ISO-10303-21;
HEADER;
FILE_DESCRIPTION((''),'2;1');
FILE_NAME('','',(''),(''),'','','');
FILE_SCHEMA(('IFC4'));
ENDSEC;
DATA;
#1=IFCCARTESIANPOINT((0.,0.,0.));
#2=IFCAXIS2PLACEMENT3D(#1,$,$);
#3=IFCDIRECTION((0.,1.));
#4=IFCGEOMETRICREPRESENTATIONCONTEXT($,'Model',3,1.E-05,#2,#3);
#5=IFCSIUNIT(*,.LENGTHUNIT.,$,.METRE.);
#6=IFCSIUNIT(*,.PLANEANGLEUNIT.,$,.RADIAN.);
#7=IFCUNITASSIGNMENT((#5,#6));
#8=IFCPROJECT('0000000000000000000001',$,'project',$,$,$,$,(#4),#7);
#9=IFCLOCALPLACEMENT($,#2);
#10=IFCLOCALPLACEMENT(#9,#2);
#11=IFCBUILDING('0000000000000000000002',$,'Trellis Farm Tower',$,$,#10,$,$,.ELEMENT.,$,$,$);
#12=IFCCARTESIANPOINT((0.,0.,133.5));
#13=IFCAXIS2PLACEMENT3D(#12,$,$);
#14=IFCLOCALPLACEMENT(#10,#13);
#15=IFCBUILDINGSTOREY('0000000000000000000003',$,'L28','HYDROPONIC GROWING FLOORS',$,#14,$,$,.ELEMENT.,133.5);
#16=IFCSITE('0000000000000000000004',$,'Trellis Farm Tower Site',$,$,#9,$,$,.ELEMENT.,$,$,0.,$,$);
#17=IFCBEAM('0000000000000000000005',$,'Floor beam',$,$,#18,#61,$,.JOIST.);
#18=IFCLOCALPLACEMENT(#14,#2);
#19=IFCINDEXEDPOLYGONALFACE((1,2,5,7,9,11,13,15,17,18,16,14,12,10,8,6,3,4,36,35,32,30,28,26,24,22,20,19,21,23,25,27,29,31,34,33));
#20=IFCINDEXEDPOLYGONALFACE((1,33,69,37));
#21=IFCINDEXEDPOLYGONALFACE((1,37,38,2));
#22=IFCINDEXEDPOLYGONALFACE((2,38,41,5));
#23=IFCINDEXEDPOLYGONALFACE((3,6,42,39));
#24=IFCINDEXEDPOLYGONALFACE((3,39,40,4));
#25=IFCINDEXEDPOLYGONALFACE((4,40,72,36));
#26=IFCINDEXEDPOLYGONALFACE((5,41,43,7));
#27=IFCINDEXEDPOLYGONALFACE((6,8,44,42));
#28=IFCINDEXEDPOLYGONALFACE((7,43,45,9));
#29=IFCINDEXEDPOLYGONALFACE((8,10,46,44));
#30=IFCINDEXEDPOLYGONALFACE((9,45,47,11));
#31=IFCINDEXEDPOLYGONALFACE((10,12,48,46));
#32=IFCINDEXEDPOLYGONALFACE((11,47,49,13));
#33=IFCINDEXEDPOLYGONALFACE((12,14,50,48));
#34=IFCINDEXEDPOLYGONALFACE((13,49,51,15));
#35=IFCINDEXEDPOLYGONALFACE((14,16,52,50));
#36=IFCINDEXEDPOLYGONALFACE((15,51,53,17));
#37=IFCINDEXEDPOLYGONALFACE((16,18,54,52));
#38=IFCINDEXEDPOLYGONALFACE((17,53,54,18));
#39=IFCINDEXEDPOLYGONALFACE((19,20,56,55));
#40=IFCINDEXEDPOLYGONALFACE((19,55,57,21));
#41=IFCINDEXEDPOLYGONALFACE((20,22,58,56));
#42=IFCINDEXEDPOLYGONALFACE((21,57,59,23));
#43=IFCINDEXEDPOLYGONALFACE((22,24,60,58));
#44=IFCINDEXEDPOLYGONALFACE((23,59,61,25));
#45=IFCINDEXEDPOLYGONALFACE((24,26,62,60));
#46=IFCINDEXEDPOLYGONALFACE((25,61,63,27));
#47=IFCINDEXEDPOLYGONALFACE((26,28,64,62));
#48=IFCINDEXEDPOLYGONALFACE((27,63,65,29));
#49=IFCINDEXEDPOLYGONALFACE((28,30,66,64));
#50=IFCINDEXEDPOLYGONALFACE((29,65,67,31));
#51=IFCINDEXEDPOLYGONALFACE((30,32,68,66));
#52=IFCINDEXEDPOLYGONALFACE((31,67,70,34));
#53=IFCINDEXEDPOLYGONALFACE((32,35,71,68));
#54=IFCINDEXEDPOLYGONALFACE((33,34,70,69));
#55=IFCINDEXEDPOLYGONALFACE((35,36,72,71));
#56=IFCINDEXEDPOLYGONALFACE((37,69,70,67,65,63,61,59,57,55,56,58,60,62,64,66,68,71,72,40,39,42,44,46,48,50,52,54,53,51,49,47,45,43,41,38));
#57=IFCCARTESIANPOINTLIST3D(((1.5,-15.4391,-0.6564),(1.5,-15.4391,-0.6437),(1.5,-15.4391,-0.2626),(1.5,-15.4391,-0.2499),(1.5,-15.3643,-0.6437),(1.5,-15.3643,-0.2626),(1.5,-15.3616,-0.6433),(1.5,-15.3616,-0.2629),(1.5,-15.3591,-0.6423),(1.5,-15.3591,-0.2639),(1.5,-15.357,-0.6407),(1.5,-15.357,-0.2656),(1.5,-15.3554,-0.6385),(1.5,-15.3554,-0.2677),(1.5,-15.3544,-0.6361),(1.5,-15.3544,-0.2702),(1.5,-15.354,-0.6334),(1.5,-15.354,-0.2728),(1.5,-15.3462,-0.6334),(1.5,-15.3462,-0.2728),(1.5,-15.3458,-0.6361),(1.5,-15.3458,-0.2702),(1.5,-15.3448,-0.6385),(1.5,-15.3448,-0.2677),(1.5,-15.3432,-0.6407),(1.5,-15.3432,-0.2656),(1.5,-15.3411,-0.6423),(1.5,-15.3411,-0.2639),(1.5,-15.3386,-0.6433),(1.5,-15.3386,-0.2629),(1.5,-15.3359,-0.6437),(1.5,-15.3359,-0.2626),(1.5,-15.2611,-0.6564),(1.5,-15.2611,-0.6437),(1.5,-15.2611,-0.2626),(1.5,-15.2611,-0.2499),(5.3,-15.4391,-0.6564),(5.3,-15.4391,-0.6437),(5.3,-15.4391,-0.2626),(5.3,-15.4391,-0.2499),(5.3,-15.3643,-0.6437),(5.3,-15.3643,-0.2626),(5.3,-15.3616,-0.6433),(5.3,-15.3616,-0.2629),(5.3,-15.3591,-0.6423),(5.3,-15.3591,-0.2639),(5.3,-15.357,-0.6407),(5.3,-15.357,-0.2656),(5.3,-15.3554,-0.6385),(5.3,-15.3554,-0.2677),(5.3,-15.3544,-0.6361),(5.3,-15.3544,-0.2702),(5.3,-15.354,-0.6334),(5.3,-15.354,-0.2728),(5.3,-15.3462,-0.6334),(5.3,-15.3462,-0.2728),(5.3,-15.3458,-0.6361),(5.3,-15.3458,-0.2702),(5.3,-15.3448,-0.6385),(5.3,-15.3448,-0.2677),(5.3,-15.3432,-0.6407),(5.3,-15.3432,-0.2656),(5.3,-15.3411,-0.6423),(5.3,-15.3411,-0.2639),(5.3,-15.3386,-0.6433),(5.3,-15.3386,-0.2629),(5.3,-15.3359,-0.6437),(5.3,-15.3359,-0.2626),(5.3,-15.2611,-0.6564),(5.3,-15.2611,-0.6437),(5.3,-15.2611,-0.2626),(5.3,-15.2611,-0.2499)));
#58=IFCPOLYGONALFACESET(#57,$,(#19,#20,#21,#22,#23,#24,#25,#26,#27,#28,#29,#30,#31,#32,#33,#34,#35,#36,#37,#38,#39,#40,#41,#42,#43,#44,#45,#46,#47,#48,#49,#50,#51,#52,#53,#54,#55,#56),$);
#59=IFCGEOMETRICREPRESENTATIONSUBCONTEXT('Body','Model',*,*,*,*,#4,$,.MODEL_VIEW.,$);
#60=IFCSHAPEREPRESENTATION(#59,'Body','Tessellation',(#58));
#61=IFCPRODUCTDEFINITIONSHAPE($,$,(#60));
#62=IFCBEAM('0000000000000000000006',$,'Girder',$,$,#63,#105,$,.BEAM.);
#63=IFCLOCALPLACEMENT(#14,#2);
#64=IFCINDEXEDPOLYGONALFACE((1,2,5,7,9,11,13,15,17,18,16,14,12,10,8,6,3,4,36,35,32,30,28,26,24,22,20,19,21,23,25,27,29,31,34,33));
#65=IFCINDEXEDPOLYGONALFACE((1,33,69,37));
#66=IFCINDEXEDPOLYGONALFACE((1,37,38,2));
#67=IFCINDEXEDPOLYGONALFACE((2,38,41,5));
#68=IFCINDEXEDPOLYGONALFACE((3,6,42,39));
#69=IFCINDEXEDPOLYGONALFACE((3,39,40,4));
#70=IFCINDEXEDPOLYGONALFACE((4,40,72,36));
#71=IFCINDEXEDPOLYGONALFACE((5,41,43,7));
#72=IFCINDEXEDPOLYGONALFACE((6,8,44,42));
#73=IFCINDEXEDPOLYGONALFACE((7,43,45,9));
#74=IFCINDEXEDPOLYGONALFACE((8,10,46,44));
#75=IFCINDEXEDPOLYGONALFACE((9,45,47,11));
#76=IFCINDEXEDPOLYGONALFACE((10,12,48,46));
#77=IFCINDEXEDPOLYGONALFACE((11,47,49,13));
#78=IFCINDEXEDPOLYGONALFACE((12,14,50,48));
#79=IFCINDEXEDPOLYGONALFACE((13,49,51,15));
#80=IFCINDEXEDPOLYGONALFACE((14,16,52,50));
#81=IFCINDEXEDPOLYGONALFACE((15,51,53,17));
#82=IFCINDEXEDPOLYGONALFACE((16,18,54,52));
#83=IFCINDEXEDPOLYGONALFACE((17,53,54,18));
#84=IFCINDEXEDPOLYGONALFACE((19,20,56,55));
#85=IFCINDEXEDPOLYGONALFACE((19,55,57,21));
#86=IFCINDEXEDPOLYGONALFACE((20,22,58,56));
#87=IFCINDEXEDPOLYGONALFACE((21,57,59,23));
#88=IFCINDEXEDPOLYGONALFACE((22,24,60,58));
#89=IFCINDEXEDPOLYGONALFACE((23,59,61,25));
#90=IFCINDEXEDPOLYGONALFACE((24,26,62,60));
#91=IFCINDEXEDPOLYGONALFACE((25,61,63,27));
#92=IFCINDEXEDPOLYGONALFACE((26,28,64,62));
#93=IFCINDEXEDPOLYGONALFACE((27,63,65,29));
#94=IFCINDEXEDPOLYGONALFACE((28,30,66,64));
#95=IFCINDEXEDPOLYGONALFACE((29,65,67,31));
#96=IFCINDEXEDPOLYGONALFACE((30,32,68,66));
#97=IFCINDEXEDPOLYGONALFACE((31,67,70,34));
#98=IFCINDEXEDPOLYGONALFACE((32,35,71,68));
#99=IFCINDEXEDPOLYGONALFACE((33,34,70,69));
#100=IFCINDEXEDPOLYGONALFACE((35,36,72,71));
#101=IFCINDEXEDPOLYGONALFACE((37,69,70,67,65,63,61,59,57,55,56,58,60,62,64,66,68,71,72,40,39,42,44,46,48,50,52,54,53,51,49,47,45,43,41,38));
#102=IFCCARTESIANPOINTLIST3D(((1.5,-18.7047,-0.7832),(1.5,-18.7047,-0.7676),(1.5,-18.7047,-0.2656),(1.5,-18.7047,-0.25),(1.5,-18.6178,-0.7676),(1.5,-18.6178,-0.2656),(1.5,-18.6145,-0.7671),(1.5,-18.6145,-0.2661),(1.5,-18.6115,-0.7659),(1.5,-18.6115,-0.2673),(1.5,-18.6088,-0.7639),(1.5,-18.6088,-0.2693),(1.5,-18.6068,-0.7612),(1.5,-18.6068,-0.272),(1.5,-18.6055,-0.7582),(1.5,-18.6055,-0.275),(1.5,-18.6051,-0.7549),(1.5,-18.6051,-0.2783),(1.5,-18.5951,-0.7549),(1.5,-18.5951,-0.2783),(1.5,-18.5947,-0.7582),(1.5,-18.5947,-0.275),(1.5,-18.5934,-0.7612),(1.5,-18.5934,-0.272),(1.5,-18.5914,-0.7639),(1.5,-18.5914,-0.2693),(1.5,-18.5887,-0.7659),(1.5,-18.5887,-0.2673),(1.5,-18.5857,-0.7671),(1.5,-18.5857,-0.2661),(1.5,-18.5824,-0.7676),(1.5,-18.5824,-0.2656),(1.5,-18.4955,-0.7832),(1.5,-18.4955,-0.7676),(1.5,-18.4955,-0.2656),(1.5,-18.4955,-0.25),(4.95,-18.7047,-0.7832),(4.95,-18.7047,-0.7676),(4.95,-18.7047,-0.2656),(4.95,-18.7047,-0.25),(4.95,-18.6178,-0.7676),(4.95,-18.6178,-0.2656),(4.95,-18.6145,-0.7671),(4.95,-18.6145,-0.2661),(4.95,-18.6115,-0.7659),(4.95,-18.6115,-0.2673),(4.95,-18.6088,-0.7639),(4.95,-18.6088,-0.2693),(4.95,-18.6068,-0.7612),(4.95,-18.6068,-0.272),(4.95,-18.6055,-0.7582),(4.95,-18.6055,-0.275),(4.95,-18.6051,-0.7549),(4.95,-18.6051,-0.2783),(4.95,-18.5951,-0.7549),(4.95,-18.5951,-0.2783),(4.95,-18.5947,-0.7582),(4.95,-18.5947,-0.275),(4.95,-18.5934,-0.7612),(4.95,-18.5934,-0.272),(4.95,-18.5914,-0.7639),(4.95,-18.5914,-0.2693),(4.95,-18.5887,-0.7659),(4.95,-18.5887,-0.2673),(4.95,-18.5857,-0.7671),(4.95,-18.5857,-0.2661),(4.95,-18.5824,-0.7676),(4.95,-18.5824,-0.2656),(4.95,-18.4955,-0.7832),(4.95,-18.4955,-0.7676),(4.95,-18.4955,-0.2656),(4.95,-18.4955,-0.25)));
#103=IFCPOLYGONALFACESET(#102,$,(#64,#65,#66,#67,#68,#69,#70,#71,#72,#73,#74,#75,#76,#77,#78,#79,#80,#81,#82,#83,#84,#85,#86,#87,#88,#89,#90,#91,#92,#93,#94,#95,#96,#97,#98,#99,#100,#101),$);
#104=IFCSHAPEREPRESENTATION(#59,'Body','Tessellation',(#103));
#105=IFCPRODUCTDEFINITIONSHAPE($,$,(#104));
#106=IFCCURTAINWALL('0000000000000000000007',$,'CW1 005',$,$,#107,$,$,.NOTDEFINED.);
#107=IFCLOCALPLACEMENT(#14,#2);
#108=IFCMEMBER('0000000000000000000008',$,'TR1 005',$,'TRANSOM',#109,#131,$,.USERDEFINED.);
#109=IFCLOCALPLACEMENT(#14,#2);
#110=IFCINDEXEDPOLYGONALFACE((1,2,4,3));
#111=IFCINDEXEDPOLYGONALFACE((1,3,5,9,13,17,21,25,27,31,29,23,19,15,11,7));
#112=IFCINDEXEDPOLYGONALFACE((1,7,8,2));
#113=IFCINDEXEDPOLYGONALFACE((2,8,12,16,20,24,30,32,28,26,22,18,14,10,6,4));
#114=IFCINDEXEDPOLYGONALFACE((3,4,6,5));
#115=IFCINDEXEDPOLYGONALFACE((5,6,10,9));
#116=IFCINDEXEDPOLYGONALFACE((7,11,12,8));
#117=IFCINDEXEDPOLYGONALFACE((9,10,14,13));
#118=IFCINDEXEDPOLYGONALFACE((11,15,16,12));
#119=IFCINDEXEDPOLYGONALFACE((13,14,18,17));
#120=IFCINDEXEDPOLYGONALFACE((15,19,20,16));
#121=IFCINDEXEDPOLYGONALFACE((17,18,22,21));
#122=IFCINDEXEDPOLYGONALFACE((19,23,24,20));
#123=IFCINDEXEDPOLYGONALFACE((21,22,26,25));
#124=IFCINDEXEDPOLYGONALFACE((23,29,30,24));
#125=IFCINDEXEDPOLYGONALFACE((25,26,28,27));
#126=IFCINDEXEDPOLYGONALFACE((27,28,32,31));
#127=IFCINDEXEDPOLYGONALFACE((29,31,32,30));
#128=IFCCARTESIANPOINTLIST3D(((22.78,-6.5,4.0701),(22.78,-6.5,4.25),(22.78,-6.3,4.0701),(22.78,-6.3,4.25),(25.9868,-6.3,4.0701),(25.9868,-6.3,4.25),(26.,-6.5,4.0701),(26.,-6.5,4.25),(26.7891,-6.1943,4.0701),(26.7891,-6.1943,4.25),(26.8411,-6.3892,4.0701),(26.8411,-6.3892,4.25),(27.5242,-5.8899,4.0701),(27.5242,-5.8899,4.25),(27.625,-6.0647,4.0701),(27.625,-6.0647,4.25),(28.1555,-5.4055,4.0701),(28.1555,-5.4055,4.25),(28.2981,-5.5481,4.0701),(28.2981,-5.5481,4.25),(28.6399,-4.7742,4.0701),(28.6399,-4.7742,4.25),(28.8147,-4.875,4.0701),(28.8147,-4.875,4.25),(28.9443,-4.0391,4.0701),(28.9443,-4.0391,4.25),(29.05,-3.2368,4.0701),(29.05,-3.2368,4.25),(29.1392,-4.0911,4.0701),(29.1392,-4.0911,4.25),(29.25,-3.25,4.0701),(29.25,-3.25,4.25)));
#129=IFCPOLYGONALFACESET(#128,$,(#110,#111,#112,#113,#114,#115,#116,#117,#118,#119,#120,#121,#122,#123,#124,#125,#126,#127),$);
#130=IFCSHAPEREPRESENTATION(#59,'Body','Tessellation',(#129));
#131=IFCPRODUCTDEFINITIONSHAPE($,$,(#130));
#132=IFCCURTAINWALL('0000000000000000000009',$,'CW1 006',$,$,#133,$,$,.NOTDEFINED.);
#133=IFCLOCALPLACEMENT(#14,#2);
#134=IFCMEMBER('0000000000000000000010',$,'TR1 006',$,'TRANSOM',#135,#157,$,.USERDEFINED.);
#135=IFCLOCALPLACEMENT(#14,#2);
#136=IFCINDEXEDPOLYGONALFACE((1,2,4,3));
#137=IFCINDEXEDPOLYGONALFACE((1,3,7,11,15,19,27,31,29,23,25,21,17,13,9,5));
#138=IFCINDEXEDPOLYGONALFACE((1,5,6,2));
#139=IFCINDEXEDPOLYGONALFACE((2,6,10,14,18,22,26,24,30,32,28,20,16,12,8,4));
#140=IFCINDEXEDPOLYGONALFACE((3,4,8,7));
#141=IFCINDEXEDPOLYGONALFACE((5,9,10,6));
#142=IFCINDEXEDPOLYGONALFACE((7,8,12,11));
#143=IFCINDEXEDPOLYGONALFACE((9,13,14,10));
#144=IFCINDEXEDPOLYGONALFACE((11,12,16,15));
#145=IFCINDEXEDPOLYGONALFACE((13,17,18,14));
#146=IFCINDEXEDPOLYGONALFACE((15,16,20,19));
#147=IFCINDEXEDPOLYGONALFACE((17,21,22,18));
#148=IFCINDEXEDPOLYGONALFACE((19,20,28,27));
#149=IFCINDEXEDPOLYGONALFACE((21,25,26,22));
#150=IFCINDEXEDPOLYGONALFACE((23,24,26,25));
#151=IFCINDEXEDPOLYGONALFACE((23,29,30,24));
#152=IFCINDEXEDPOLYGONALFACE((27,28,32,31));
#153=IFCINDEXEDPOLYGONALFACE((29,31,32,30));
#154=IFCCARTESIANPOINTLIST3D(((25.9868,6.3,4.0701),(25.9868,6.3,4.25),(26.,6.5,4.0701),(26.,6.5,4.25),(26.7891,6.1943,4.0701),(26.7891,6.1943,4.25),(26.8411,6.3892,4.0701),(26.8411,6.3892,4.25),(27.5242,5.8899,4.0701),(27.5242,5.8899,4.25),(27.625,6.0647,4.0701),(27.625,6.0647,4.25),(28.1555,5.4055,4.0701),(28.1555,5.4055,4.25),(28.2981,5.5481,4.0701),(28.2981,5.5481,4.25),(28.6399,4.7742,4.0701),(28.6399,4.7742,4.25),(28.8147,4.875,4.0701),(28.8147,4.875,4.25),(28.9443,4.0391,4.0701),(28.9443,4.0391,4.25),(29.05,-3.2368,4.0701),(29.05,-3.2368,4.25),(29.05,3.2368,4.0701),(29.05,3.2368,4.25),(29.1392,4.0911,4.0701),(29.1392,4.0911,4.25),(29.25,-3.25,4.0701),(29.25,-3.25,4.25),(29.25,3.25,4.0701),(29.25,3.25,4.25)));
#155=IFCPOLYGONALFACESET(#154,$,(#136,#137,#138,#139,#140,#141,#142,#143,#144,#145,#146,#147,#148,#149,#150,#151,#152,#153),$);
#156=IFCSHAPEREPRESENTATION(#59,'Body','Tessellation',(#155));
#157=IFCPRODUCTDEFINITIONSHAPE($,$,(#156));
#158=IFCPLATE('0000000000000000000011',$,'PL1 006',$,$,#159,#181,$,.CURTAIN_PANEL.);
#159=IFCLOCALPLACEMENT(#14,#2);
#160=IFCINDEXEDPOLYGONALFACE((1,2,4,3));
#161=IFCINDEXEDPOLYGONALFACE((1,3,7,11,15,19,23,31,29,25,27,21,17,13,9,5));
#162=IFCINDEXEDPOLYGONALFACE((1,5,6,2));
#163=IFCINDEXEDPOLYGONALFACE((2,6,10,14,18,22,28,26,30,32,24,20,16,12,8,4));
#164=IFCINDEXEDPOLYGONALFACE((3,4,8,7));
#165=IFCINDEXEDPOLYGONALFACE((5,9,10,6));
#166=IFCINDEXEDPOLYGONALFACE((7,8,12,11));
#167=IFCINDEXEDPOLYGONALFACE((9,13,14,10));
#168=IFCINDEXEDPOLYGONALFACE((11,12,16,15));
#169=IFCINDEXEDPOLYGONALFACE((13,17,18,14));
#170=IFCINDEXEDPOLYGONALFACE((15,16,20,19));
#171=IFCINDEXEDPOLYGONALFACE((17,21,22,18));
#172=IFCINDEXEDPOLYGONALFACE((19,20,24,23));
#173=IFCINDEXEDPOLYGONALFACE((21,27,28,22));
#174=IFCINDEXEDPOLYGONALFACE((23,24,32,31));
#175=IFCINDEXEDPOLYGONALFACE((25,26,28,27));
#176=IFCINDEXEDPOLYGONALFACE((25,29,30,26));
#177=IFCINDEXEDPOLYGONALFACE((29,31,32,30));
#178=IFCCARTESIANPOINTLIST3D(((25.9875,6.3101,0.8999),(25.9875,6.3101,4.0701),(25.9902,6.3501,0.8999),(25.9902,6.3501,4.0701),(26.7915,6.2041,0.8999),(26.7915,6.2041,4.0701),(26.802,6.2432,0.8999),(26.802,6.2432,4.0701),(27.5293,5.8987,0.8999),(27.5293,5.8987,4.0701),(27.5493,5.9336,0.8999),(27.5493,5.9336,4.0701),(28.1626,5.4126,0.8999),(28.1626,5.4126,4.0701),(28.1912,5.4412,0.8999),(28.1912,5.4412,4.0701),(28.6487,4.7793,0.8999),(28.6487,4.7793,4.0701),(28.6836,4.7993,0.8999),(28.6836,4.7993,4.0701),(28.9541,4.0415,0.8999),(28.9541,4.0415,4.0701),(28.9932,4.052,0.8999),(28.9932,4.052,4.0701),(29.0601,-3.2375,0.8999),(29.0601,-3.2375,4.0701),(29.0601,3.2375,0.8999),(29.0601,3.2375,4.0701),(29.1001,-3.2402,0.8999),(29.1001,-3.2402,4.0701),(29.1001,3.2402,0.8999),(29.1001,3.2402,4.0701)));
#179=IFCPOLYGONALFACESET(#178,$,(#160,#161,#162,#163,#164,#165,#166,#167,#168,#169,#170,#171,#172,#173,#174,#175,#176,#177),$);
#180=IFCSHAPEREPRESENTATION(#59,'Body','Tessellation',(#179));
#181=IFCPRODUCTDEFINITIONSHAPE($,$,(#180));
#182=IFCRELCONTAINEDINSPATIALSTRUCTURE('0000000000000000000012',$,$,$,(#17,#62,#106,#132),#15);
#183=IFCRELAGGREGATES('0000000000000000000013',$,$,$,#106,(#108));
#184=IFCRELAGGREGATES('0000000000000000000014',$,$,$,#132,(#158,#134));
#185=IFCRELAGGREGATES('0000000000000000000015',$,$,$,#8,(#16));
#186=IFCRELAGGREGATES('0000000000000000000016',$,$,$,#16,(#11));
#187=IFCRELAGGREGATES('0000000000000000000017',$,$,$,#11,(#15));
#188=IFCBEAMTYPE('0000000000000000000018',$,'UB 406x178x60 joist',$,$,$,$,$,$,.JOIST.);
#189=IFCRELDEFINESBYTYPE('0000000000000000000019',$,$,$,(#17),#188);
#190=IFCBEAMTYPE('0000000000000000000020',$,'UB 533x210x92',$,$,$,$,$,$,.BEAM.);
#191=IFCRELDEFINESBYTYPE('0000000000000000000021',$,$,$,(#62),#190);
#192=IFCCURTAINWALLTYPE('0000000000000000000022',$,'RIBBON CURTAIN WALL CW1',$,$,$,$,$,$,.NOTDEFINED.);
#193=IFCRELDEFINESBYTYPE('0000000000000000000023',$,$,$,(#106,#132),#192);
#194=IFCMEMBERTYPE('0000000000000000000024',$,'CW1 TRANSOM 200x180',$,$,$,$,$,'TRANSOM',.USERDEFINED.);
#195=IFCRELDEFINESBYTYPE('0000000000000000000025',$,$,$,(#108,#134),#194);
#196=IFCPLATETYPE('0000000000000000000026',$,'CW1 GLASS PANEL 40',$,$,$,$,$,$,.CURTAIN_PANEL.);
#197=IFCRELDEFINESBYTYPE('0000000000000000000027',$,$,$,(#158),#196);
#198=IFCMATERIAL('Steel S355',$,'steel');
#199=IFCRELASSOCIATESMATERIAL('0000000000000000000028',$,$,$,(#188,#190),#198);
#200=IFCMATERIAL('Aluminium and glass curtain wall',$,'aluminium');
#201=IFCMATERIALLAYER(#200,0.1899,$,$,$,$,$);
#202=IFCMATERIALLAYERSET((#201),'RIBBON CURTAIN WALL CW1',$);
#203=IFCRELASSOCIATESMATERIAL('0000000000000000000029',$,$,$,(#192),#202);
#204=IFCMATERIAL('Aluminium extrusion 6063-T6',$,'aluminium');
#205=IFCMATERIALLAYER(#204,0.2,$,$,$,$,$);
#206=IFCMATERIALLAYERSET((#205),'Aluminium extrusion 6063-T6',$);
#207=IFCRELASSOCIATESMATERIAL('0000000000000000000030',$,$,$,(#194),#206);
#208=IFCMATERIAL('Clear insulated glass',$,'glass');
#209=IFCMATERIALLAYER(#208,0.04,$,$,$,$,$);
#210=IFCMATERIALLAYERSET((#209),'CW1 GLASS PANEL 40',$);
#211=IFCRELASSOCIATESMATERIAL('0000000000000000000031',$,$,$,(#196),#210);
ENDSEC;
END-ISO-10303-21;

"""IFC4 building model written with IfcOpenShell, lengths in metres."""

from ifc_helpers import new_model, si_unit, direction, frame, origin, origin_2d, place, context, subcontext, project, spatial, polyline, i_section, outline, extrude, source, transform, mapped, material, layer, layer_set, material_profile, profile_set, type_object, element, aggregate, save


model = new_model("IFC4")

# Units and contexts
model_context = context("Model", 3, precision=1e-05, world=origin(), true_north=direction((0.0, 1.0)))
body_context = subcontext(model_context, "Body", "Model", "MODEL_VIEW")
ifc_project = project(units=[si_unit("LENGTHUNIT", "METRE"), si_unit("PLANEANGLEUNIT", "RADIAN")], contexts=[model_context])

# Site, building, storey
site_placement = place(None, origin())
site = spatial("IfcSite", under=ifc_project, at=site_placement, Name="Trellis Farm Tower Site", CompositionType="ELEMENT", RefElevation=0.0)
building_placement = place(site_placement, origin())
building = spatial("IfcBuilding", under=site, at=building_placement, Name="Trellis Farm Tower", CompositionType="ELEMENT")
storey_placement = place(building_placement, frame((0.0, 0.0, 133.5)))
storey = spatial("IfcBuildingStorey", under=building, at=storey_placement, Name="L28", Description="HYDROPONIC GROWING FLOORS", CompositionType="ELEMENT", Elevation=133.5)

# Beams
ifc_material_1 = material(Name="Steel S355", Category="steel")
ifc_material_profile_1 = material_profile(ifc_material_1, i_section(OverallWidth=0.178, OverallDepth=0.4065, WebThickness=0.0078, FlangeThickness=0.0127, FilletRadius=0.0103, at=origin_2d()), Name="UB 406x178x60")
ifc_profile_set_1 = profile_set([ifc_material_profile_1], Name="Steel S355")
beam_type_1 = type_object("IfcBeamType", Name="UB 406x178x60 joist", PredefinedType="JOIST", material=ifc_profile_set_1)
shared_shape_1 = source(origin(), body_context, "Body", "SweptSolid", [
    extrude(i_section(OverallWidth=0.178, OverallDepth=0.4065, WebThickness=0.0078, FlangeThickness=0.0127, FilletRadius=0.0103, at=origin_2d()), origin(), (0.0, 0.0, 1.0), 3.8),
])
beam_1_placement = place(storey_placement, frame((1.5, -15.3501, -0.4531), z_axis=(1.0, 0.0, 0.0), x_axis=(0.0, 1.0, 0.0)))
element("IfcBeam", 1, at=beam_1_placement, inside=storey, type_object=beam_type_1, Name="Floor beam", PredefinedType="JOIST", context=body_context, shape_type="MappedRepresentation", body=[
    mapped(shared_shape_1, transform((0.0, 0.0, 0.0))),
])
ifc_material_profile_2 = material_profile(ifc_material_1, i_section(OverallWidth=0.2092, OverallDepth=0.5332, WebThickness=0.01, FlangeThickness=0.0156, FilletRadius=0.0127, at=origin_2d()), Name="UB 533x210x92")
ifc_profile_set_2 = profile_set([ifc_material_profile_2], Name="Steel S355")
beam_type_2 = type_object("IfcBeamType", Name="UB 533x210x92", PredefinedType="BEAM", material=ifc_profile_set_2)
shared_shape_2 = source(origin(), body_context, "Body", "SweptSolid", [
    extrude(i_section(OverallWidth=0.2092, OverallDepth=0.5332, WebThickness=0.01, FlangeThickness=0.0156, FilletRadius=0.0127, at=origin_2d()), origin(), (0.0, 0.0, 1.0), 3.45),
])
beam_2_placement = place(storey_placement, frame((1.5, -18.6001, -0.5166), z_axis=(1.0, 0.0, 0.0), x_axis=(0.0, 1.0, 0.0)))
element("IfcBeam", 2, at=beam_2_placement, inside=storey, type_object=beam_type_2, Name="Girder", PredefinedType="BEAM", context=body_context, shape_type="MappedRepresentation", body=[
    mapped(shared_shape_2, transform((0.0, 0.0, 0.0))),
])

# Curtain wall, member
ifc_material_2 = material(Name="Aluminium and glass curtain wall", Category="aluminium")
ifc_layer_1 = layer(ifc_material_2, 0.1899)
ifc_layer_set_1 = layer_set([ifc_layer_1], Name="RIBBON CURTAIN WALL CW1")
curtain_wall_type = type_object("IfcCurtainWallType", Name="RIBBON CURTAIN WALL CW1", PredefinedType="NOTDEFINED", material=ifc_layer_set_1)
placement_1 = place(storey_placement, origin())
curtain_wall_1 = element("IfcCurtainWall", 3, at=placement_1, inside=storey, type_object=curtain_wall_type, Name="CW1 005", PredefinedType="NOTDEFINED")
ifc_material_3 = material(Name="Aluminium extrusion 6063-T6", Category="aluminium")
ifc_layer_2 = layer(ifc_material_3, 0.2)
ifc_layer_set_2 = layer_set([ifc_layer_2], Name="Aluminium extrusion 6063-T6")
member_type = type_object("IfcMemberType", Name="CW1 TRANSOM 200x180", ElementType="TRANSOM", PredefinedType="USERDEFINED", material=ifc_layer_set_2)
shared_shape_3 = source(origin(), body_context, "Body", "SweptSolid", [
    extrude(outline(polyline([(22.78, -6.5), (26.0, -6.5), (26.8411, -6.3892), (27.625, -6.0647), (28.2981, -5.5481), (28.8147, -4.875), (29.1392, -4.0911), (29.25, -3.25), (29.05, -3.2368), (28.9443, -4.0391), (28.6399, -4.7742), (28.1555, -5.4055), (27.5242, -5.8899), (26.7891, -6.1943), (25.9868, -6.3), (22.78, -6.3), (22.78, -6.5)])), origin(), (0.0, 0.0, 1.0), 0.1799),
])
placement_2 = place(storey_placement, frame((0.0, 0.0, 4.0701)))
member_1 = element("IfcMember", 4, at=placement_2, type_object=member_type, Name="TR1 005", ObjectType="TRANSOM", PredefinedType="USERDEFINED", context=body_context, shape_type="MappedRepresentation", body=[
    mapped(shared_shape_3, transform((0.0, 0.0, 0.0))),
])
aggregate(curtain_wall_1, [member_1])

# Curtain wall, member, plate
curtain_wall_2 = element("IfcCurtainWall", 5, at=placement_1, inside=storey, type_object=curtain_wall_type, Name="CW1 006", PredefinedType="NOTDEFINED")
shared_shape_4 = source(origin(), body_context, "Body", "SweptSolid", [
    extrude(outline(polyline([(29.25, -3.25), (29.25, 3.25), (29.1392, 4.0911), (28.8147, 4.875), (28.2981, 5.5481), (27.625, 6.0647), (26.8411, 6.3892), (26.0, 6.5), (25.9868, 6.3), (26.7891, 6.1943), (27.5242, 5.8899), (28.1555, 5.4055), (28.6399, 4.7742), (28.9443, 4.0391), (29.05, 3.2368), (29.05, -3.2368), (29.25, -3.25)])), origin(), (0.0, 0.0, 1.0), 0.1799),
])
member_2 = element("IfcMember", 6, at=placement_2, type_object=member_type, Name="TR1 006", ObjectType="TRANSOM", PredefinedType="USERDEFINED", context=body_context, shape_type="MappedRepresentation", body=[
    mapped(shared_shape_4, transform((0.0, 0.0, 0.0))),
])
ifc_material_4 = material(Name="Clear insulated glass", Category="glass")
ifc_layer_3 = layer(ifc_material_4, 0.04)
ifc_layer_set_3 = layer_set([ifc_layer_3], Name="CW1 GLASS PANEL 40")
plate_type_1 = type_object("IfcPlateType", Name="CW1 GLASS PANEL 40", PredefinedType="CURTAIN_PANEL", material=ifc_layer_set_3)
shared_shape_5 = source(origin(), body_context, "Body", "SweptSolid", [
    extrude(outline(polyline([(29.1001, -3.2402), (29.1001, 3.2402), (28.9932, 4.052), (28.6836, 4.7993), (28.1912, 5.4412), (27.5493, 5.9336), (26.802, 6.2432), (25.9902, 6.3501), (25.9875, 6.3101), (26.7915, 6.2041), (27.5293, 5.8987), (28.1626, 5.4126), (28.6487, 4.7793), (28.9541, 4.0415), (29.0601, 3.2375), (29.0601, -3.2375), (29.1001, -3.2402)])), origin(), (0.0, 0.0, 1.0), 3.1702),
])
plate_1_placement = place(storey_placement, frame((0.0, 0.0, 0.8999)))
plate_1 = element("IfcPlate", 7, at=plate_1_placement, type_object=plate_type_1, Name="PL1 006", PredefinedType="CURTAIN_PANEL", context=body_context, shape_type="MappedRepresentation", body=[
    mapped(shared_shape_5, transform((0.0, 0.0, 0.0))),
])
aggregate(curtain_wall_2, [plate_1, member_2])

save(model, "model.ifc")
